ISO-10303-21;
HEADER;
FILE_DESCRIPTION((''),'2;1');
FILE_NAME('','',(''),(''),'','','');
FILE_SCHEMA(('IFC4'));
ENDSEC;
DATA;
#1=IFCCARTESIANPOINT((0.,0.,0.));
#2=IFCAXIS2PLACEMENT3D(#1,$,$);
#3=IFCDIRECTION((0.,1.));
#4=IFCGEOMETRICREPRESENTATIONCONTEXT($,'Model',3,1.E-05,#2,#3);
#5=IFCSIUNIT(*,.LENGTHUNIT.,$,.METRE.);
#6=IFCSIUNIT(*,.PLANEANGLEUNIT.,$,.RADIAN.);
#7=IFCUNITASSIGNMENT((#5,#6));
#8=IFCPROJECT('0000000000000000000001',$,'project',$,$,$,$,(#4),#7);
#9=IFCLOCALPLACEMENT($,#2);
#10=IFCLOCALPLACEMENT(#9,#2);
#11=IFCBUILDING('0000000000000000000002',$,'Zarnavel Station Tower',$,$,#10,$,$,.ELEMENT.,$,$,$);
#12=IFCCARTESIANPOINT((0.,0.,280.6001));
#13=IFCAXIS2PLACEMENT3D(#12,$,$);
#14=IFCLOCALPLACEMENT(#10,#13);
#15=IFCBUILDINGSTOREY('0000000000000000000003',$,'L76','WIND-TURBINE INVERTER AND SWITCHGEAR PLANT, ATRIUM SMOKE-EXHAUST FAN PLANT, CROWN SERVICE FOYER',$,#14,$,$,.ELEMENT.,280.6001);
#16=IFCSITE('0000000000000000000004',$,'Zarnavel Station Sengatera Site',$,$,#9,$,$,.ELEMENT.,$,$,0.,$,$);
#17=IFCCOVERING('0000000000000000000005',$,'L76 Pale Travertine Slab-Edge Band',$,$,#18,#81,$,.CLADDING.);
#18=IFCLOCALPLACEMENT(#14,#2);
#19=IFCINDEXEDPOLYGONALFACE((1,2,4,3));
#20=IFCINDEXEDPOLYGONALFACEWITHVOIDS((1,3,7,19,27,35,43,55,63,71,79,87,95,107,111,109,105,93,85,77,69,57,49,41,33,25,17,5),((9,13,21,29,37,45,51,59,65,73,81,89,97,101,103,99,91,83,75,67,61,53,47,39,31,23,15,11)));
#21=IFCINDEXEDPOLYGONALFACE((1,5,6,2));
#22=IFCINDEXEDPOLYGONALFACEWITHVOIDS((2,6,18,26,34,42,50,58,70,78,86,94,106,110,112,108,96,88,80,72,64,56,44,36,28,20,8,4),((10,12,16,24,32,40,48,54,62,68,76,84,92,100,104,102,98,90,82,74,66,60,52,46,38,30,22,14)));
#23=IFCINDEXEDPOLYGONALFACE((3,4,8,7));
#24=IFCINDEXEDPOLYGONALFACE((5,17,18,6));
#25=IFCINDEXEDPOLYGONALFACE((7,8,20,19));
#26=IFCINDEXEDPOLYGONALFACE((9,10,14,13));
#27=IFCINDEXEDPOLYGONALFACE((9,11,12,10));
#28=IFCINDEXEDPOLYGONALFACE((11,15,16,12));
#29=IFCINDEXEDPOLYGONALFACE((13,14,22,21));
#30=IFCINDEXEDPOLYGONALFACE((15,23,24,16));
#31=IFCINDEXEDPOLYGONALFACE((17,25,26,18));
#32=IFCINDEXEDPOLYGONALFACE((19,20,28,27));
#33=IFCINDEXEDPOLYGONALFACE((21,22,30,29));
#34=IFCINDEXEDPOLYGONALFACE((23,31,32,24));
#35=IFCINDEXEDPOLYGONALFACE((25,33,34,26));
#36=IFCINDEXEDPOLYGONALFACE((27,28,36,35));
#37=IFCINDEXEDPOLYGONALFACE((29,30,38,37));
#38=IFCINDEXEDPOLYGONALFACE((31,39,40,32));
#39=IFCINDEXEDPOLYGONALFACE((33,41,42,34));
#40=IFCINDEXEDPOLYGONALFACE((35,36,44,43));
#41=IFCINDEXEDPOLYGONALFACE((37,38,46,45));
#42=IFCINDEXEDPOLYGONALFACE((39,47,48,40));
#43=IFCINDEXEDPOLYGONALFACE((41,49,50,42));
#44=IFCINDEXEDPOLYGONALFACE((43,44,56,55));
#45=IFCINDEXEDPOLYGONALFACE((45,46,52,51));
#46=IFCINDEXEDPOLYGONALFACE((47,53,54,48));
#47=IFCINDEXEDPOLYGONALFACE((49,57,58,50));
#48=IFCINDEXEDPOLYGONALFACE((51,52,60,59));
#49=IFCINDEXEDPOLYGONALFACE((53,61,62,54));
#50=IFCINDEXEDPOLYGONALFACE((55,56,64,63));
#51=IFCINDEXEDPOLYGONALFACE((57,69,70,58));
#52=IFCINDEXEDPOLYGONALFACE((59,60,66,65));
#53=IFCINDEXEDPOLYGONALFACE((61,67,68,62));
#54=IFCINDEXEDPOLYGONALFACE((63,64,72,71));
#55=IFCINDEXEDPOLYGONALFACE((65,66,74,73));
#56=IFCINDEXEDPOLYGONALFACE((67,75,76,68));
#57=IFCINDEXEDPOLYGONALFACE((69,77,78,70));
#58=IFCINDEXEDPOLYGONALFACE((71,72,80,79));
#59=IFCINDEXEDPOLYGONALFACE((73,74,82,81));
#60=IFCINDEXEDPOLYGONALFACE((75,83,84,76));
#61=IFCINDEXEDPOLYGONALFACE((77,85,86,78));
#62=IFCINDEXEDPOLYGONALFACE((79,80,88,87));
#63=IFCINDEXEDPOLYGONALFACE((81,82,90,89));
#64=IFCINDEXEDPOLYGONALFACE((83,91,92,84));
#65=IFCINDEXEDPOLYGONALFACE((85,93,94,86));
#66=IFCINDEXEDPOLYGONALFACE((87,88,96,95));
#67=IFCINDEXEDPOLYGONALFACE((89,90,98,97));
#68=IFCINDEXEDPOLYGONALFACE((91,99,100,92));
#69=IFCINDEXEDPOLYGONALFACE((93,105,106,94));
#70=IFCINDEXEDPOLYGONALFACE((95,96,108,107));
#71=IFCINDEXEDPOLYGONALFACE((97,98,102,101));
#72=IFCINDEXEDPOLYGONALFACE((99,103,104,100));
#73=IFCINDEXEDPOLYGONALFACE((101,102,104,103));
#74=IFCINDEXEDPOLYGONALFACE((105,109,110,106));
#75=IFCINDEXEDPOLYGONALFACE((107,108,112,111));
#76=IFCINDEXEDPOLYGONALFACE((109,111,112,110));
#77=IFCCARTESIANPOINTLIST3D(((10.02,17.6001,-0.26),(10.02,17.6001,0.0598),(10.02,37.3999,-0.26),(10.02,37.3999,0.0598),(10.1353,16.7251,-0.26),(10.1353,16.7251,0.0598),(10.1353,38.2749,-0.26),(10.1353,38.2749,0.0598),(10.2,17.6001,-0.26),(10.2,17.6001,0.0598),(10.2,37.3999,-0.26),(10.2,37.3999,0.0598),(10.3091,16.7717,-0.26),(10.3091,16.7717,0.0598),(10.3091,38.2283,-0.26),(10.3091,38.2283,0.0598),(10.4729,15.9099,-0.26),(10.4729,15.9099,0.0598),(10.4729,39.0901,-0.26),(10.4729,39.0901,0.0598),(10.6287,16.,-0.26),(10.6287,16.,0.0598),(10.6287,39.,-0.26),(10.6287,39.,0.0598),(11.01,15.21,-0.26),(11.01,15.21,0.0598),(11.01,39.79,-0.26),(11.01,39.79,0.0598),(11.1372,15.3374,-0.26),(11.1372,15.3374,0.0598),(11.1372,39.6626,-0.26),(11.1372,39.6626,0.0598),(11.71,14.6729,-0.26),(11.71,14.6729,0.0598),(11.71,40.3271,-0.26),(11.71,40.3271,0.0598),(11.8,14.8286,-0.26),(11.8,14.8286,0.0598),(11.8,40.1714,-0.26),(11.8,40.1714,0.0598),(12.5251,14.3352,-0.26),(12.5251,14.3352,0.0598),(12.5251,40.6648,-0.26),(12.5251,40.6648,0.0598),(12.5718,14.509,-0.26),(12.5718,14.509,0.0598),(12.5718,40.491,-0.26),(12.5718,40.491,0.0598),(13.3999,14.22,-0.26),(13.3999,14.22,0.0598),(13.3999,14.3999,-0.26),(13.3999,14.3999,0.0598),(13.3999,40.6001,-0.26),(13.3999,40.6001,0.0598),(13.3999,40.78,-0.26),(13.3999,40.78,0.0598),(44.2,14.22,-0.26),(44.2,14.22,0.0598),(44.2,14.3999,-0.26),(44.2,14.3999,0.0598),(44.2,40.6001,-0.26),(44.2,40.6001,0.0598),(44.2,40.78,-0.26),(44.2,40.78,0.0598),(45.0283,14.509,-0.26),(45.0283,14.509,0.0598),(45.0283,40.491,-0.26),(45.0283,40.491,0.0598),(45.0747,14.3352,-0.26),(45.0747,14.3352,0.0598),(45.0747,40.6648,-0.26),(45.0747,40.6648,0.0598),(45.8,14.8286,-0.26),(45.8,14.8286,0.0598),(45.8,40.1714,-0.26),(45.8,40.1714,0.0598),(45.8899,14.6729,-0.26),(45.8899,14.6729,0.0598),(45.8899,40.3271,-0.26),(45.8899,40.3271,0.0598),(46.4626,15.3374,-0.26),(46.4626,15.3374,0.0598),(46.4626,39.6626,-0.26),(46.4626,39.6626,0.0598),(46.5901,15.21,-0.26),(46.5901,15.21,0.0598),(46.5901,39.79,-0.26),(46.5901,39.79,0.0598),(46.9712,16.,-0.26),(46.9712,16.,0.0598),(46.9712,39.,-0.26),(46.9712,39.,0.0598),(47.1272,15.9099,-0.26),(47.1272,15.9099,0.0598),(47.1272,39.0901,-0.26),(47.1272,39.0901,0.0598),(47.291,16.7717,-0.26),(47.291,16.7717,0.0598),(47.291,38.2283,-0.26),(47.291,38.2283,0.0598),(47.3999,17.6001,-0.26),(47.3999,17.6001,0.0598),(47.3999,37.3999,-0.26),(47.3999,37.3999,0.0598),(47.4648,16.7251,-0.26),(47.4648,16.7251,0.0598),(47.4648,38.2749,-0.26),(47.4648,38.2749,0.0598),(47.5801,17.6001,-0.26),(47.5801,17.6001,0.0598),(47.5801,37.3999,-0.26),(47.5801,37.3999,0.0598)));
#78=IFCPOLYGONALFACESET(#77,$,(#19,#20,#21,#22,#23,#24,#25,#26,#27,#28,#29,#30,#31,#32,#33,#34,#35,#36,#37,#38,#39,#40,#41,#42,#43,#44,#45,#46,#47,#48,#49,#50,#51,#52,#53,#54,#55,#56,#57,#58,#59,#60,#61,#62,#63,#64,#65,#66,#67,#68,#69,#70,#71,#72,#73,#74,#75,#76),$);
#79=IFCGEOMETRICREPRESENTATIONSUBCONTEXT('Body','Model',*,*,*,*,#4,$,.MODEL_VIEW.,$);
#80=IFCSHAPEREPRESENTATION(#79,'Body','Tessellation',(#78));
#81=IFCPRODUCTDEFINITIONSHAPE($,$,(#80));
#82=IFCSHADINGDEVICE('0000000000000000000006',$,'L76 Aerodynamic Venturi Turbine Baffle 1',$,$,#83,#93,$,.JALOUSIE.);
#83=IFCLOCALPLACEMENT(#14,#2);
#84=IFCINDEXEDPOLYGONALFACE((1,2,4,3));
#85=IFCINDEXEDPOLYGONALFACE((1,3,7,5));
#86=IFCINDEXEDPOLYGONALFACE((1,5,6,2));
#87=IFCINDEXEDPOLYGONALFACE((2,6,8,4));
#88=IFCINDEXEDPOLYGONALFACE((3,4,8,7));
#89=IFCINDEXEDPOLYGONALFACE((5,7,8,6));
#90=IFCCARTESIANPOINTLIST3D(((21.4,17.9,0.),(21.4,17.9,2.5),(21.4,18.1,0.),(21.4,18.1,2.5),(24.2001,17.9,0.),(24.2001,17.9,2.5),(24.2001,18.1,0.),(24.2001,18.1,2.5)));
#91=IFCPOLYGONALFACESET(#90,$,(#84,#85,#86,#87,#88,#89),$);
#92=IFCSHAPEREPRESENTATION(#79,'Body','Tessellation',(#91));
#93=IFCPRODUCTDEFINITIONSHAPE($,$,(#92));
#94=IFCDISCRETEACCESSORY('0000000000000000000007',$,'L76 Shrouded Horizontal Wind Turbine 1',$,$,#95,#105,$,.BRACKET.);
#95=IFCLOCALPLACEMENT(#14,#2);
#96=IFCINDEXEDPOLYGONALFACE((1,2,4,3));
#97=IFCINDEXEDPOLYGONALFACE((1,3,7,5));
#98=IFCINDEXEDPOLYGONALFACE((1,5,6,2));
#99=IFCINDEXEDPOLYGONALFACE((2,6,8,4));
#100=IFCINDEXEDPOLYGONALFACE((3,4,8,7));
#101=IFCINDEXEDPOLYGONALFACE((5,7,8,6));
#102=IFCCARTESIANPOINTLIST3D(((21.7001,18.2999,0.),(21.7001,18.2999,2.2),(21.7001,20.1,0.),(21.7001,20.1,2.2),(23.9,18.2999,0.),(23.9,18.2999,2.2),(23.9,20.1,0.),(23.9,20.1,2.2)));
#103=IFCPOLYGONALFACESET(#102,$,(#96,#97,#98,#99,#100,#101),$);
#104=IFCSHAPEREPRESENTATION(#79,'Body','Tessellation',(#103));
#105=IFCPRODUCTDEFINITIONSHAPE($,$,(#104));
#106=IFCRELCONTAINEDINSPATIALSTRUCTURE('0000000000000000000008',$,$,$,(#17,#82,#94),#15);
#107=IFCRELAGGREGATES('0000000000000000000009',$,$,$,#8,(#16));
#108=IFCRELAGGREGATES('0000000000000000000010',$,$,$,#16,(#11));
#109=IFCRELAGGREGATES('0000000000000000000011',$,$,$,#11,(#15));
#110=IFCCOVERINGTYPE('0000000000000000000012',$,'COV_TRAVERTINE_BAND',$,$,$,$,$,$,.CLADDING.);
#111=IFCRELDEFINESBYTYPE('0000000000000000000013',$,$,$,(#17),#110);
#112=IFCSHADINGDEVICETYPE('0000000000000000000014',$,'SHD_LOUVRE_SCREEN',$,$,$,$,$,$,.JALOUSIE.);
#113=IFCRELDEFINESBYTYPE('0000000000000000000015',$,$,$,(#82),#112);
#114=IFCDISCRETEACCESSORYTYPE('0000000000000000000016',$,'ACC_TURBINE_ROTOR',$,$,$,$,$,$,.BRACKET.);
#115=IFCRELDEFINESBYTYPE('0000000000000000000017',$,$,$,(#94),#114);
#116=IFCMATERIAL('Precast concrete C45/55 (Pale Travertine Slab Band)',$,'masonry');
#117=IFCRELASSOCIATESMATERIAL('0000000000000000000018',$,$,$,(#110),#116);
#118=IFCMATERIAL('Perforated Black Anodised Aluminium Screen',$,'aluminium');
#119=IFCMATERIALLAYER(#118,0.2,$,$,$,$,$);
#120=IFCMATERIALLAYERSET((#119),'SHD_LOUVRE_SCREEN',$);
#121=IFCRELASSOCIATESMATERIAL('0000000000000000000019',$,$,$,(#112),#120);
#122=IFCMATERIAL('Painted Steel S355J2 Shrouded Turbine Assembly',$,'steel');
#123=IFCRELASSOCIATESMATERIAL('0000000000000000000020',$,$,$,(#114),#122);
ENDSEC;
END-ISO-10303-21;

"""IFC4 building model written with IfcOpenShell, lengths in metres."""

from ifc_helpers import new_model, si_unit, direction, frame, origin, origin_2d, place, context, subcontext, project, spatial, polyline, rectangle, outline, extrude, material, layer, layer_set, type_object, element, save


model = new_model("IFC4")

# Units and contexts
model_context = context("Model", 3, precision=1e-05, world=origin(), true_north=direction((0.0, 1.0)))
body_context = subcontext(model_context, "Body", "Model", "MODEL_VIEW")
ifc_project = project(units=[si_unit("LENGTHUNIT", "METRE"), si_unit("PLANEANGLEUNIT", "RADIAN")], contexts=[model_context])

# Site, building, storey
site_placement = place(None, origin())
site = spatial("IfcSite", under=ifc_project, at=site_placement, Name="Zarnavel Station Sengatera Site", CompositionType="ELEMENT", RefElevation=0.0)
building_placement = place(site_placement, origin())
building = spatial("IfcBuilding", under=site, at=building_placement, Name="Zarnavel Station Tower", CompositionType="ELEMENT")
storey_placement = place(building_placement, frame((0.0, 0.0, 280.6001)))
storey = spatial("IfcBuildingStorey", under=building, at=storey_placement, Name="L76", Description="WIND-TURBINE INVERTER AND SWITCHGEAR PLANT, ATRIUM SMOKE-EXHAUST FAN PLANT, CROWN SERVICE FOYER", CompositionType="ELEMENT", Elevation=280.6001)

# Covering
ifc_material_1 = material(Name="Precast concrete C45/55 (Pale Travertine Slab Band)", Category="masonry")
covering_type = type_object("IfcCoveringType", Name="COV_TRAVERTINE_BAND", PredefinedType="CLADDING", material=ifc_material_1)
covering_placement = place(storey_placement, frame((0.0, 0.0, -0.26)))
element("IfcCovering", 1, at=covering_placement, inside=storey, type_object=covering_type, Name="L76 Pale Travertine Slab-Edge Band", PredefinedType="CLADDING", context=body_context, shape_type="SweptSolid", body=[
    extrude(outline(polyline([(44.2, 14.22), (45.0747, 14.3352), (45.8899, 14.6729), (46.5901, 15.21), (47.1272, 15.9099), (47.4648, 16.7251), (47.5801, 17.6001), (47.5801, 37.3999), (47.4648, 38.2749), (47.1272, 39.0901), (46.5901, 39.79), (45.8899, 40.3271), (45.0747, 40.6648), (44.2, 40.78), (13.3999, 40.78), (12.5251, 40.6648), (11.71, 40.3271), (11.01, 39.79), (10.4729, 39.0901), (10.1353, 38.2749), (10.02, 37.3999), (10.02, 17.6001), (10.1353, 16.7251), (10.4729, 15.9099), (11.01, 15.21), (11.71, 14.6729), (12.5251, 14.3352), (13.3999, 14.22), (44.2, 14.22)]), holes=[polyline([(44.2, 14.3999), (45.0283, 14.509), (45.8, 14.8286), (46.4626, 15.3374), (46.9712, 16.0), (47.291, 16.7717), (47.3999, 17.6001), (47.3999, 37.3999), (47.291, 38.2283), (46.9712, 39.0), (46.4626, 39.6626), (45.8, 40.1714), (45.0283, 40.491), (44.2, 40.6001), (13.3999, 40.6001), (12.5718, 40.491), (11.8, 40.1714), (11.1372, 39.6626), (10.6287, 39.0), (10.3091, 38.2283), (10.2, 37.3999), (10.2, 17.6001), (10.3091, 16.7717), (10.6287, 16.0), (11.1372, 15.3374), (11.8, 14.8286), (12.5718, 14.509), (13.3999, 14.3999), (44.2, 14.3999)])]), origin(), (0.0, 0.0, 1.0), 0.3198),
])

# Shading device
ifc_material_2 = material(Name="Perforated Black Anodised Aluminium Screen", Category="aluminium")
ifc_layer_1 = layer(ifc_material_2, 0.2)
ifc_layer_set_1 = layer_set([ifc_layer_1], Name="SHD_LOUVRE_SCREEN")
shading_device_type = type_object("IfcShadingDeviceType", Name="SHD_LOUVRE_SCREEN", PredefinedType="JALOUSIE", material=ifc_layer_set_1)
shading_device_placement = place(storey_placement, frame((22.8, 18.0, 0.0), z_axis=(0.0, 0.0, 1.0), x_axis=(1.0, 0.0, 0.0)))
element("IfcShadingDevice", 2, at=shading_device_placement, inside=storey, type_object=shading_device_type, Name="L76 Aerodynamic Venturi Turbine Baffle 1", PredefinedType="JALOUSIE", context=body_context, shape_type="SweptSolid", body=[
    extrude(rectangle(XDim=2.8, YDim=0.2, at=origin_2d()), origin(), (0.0, 0.0, 1.0), 2.5),
])

# Discrete accessory
ifc_material_3 = material(Name="Painted Steel S355J2 Shrouded Turbine Assembly", Category="steel")
discrete_accessory_type = type_object("IfcDiscreteAccessoryType", Name="ACC_TURBINE_ROTOR", PredefinedType="BRACKET", material=ifc_material_3)
discrete_accessory_placement = place(storey_placement, frame((22.8, 19.2, 0.0), z_axis=(0.0, 0.0, 1.0), x_axis=(1.0, 0.0, 0.0)))
element("IfcDiscreteAccessory", 3, at=discrete_accessory_placement, inside=storey, type_object=discrete_accessory_type, Name="L76 Shrouded Horizontal Wind Turbine 1", PredefinedType="BRACKET", context=body_context, shape_type="SweptSolid", body=[
    extrude(rectangle(XDim=2.2, YDim=1.8, at=origin_2d()), origin(), (0.0, 0.0, 1.0), 2.2),
])

save(model, "model.ifc")
